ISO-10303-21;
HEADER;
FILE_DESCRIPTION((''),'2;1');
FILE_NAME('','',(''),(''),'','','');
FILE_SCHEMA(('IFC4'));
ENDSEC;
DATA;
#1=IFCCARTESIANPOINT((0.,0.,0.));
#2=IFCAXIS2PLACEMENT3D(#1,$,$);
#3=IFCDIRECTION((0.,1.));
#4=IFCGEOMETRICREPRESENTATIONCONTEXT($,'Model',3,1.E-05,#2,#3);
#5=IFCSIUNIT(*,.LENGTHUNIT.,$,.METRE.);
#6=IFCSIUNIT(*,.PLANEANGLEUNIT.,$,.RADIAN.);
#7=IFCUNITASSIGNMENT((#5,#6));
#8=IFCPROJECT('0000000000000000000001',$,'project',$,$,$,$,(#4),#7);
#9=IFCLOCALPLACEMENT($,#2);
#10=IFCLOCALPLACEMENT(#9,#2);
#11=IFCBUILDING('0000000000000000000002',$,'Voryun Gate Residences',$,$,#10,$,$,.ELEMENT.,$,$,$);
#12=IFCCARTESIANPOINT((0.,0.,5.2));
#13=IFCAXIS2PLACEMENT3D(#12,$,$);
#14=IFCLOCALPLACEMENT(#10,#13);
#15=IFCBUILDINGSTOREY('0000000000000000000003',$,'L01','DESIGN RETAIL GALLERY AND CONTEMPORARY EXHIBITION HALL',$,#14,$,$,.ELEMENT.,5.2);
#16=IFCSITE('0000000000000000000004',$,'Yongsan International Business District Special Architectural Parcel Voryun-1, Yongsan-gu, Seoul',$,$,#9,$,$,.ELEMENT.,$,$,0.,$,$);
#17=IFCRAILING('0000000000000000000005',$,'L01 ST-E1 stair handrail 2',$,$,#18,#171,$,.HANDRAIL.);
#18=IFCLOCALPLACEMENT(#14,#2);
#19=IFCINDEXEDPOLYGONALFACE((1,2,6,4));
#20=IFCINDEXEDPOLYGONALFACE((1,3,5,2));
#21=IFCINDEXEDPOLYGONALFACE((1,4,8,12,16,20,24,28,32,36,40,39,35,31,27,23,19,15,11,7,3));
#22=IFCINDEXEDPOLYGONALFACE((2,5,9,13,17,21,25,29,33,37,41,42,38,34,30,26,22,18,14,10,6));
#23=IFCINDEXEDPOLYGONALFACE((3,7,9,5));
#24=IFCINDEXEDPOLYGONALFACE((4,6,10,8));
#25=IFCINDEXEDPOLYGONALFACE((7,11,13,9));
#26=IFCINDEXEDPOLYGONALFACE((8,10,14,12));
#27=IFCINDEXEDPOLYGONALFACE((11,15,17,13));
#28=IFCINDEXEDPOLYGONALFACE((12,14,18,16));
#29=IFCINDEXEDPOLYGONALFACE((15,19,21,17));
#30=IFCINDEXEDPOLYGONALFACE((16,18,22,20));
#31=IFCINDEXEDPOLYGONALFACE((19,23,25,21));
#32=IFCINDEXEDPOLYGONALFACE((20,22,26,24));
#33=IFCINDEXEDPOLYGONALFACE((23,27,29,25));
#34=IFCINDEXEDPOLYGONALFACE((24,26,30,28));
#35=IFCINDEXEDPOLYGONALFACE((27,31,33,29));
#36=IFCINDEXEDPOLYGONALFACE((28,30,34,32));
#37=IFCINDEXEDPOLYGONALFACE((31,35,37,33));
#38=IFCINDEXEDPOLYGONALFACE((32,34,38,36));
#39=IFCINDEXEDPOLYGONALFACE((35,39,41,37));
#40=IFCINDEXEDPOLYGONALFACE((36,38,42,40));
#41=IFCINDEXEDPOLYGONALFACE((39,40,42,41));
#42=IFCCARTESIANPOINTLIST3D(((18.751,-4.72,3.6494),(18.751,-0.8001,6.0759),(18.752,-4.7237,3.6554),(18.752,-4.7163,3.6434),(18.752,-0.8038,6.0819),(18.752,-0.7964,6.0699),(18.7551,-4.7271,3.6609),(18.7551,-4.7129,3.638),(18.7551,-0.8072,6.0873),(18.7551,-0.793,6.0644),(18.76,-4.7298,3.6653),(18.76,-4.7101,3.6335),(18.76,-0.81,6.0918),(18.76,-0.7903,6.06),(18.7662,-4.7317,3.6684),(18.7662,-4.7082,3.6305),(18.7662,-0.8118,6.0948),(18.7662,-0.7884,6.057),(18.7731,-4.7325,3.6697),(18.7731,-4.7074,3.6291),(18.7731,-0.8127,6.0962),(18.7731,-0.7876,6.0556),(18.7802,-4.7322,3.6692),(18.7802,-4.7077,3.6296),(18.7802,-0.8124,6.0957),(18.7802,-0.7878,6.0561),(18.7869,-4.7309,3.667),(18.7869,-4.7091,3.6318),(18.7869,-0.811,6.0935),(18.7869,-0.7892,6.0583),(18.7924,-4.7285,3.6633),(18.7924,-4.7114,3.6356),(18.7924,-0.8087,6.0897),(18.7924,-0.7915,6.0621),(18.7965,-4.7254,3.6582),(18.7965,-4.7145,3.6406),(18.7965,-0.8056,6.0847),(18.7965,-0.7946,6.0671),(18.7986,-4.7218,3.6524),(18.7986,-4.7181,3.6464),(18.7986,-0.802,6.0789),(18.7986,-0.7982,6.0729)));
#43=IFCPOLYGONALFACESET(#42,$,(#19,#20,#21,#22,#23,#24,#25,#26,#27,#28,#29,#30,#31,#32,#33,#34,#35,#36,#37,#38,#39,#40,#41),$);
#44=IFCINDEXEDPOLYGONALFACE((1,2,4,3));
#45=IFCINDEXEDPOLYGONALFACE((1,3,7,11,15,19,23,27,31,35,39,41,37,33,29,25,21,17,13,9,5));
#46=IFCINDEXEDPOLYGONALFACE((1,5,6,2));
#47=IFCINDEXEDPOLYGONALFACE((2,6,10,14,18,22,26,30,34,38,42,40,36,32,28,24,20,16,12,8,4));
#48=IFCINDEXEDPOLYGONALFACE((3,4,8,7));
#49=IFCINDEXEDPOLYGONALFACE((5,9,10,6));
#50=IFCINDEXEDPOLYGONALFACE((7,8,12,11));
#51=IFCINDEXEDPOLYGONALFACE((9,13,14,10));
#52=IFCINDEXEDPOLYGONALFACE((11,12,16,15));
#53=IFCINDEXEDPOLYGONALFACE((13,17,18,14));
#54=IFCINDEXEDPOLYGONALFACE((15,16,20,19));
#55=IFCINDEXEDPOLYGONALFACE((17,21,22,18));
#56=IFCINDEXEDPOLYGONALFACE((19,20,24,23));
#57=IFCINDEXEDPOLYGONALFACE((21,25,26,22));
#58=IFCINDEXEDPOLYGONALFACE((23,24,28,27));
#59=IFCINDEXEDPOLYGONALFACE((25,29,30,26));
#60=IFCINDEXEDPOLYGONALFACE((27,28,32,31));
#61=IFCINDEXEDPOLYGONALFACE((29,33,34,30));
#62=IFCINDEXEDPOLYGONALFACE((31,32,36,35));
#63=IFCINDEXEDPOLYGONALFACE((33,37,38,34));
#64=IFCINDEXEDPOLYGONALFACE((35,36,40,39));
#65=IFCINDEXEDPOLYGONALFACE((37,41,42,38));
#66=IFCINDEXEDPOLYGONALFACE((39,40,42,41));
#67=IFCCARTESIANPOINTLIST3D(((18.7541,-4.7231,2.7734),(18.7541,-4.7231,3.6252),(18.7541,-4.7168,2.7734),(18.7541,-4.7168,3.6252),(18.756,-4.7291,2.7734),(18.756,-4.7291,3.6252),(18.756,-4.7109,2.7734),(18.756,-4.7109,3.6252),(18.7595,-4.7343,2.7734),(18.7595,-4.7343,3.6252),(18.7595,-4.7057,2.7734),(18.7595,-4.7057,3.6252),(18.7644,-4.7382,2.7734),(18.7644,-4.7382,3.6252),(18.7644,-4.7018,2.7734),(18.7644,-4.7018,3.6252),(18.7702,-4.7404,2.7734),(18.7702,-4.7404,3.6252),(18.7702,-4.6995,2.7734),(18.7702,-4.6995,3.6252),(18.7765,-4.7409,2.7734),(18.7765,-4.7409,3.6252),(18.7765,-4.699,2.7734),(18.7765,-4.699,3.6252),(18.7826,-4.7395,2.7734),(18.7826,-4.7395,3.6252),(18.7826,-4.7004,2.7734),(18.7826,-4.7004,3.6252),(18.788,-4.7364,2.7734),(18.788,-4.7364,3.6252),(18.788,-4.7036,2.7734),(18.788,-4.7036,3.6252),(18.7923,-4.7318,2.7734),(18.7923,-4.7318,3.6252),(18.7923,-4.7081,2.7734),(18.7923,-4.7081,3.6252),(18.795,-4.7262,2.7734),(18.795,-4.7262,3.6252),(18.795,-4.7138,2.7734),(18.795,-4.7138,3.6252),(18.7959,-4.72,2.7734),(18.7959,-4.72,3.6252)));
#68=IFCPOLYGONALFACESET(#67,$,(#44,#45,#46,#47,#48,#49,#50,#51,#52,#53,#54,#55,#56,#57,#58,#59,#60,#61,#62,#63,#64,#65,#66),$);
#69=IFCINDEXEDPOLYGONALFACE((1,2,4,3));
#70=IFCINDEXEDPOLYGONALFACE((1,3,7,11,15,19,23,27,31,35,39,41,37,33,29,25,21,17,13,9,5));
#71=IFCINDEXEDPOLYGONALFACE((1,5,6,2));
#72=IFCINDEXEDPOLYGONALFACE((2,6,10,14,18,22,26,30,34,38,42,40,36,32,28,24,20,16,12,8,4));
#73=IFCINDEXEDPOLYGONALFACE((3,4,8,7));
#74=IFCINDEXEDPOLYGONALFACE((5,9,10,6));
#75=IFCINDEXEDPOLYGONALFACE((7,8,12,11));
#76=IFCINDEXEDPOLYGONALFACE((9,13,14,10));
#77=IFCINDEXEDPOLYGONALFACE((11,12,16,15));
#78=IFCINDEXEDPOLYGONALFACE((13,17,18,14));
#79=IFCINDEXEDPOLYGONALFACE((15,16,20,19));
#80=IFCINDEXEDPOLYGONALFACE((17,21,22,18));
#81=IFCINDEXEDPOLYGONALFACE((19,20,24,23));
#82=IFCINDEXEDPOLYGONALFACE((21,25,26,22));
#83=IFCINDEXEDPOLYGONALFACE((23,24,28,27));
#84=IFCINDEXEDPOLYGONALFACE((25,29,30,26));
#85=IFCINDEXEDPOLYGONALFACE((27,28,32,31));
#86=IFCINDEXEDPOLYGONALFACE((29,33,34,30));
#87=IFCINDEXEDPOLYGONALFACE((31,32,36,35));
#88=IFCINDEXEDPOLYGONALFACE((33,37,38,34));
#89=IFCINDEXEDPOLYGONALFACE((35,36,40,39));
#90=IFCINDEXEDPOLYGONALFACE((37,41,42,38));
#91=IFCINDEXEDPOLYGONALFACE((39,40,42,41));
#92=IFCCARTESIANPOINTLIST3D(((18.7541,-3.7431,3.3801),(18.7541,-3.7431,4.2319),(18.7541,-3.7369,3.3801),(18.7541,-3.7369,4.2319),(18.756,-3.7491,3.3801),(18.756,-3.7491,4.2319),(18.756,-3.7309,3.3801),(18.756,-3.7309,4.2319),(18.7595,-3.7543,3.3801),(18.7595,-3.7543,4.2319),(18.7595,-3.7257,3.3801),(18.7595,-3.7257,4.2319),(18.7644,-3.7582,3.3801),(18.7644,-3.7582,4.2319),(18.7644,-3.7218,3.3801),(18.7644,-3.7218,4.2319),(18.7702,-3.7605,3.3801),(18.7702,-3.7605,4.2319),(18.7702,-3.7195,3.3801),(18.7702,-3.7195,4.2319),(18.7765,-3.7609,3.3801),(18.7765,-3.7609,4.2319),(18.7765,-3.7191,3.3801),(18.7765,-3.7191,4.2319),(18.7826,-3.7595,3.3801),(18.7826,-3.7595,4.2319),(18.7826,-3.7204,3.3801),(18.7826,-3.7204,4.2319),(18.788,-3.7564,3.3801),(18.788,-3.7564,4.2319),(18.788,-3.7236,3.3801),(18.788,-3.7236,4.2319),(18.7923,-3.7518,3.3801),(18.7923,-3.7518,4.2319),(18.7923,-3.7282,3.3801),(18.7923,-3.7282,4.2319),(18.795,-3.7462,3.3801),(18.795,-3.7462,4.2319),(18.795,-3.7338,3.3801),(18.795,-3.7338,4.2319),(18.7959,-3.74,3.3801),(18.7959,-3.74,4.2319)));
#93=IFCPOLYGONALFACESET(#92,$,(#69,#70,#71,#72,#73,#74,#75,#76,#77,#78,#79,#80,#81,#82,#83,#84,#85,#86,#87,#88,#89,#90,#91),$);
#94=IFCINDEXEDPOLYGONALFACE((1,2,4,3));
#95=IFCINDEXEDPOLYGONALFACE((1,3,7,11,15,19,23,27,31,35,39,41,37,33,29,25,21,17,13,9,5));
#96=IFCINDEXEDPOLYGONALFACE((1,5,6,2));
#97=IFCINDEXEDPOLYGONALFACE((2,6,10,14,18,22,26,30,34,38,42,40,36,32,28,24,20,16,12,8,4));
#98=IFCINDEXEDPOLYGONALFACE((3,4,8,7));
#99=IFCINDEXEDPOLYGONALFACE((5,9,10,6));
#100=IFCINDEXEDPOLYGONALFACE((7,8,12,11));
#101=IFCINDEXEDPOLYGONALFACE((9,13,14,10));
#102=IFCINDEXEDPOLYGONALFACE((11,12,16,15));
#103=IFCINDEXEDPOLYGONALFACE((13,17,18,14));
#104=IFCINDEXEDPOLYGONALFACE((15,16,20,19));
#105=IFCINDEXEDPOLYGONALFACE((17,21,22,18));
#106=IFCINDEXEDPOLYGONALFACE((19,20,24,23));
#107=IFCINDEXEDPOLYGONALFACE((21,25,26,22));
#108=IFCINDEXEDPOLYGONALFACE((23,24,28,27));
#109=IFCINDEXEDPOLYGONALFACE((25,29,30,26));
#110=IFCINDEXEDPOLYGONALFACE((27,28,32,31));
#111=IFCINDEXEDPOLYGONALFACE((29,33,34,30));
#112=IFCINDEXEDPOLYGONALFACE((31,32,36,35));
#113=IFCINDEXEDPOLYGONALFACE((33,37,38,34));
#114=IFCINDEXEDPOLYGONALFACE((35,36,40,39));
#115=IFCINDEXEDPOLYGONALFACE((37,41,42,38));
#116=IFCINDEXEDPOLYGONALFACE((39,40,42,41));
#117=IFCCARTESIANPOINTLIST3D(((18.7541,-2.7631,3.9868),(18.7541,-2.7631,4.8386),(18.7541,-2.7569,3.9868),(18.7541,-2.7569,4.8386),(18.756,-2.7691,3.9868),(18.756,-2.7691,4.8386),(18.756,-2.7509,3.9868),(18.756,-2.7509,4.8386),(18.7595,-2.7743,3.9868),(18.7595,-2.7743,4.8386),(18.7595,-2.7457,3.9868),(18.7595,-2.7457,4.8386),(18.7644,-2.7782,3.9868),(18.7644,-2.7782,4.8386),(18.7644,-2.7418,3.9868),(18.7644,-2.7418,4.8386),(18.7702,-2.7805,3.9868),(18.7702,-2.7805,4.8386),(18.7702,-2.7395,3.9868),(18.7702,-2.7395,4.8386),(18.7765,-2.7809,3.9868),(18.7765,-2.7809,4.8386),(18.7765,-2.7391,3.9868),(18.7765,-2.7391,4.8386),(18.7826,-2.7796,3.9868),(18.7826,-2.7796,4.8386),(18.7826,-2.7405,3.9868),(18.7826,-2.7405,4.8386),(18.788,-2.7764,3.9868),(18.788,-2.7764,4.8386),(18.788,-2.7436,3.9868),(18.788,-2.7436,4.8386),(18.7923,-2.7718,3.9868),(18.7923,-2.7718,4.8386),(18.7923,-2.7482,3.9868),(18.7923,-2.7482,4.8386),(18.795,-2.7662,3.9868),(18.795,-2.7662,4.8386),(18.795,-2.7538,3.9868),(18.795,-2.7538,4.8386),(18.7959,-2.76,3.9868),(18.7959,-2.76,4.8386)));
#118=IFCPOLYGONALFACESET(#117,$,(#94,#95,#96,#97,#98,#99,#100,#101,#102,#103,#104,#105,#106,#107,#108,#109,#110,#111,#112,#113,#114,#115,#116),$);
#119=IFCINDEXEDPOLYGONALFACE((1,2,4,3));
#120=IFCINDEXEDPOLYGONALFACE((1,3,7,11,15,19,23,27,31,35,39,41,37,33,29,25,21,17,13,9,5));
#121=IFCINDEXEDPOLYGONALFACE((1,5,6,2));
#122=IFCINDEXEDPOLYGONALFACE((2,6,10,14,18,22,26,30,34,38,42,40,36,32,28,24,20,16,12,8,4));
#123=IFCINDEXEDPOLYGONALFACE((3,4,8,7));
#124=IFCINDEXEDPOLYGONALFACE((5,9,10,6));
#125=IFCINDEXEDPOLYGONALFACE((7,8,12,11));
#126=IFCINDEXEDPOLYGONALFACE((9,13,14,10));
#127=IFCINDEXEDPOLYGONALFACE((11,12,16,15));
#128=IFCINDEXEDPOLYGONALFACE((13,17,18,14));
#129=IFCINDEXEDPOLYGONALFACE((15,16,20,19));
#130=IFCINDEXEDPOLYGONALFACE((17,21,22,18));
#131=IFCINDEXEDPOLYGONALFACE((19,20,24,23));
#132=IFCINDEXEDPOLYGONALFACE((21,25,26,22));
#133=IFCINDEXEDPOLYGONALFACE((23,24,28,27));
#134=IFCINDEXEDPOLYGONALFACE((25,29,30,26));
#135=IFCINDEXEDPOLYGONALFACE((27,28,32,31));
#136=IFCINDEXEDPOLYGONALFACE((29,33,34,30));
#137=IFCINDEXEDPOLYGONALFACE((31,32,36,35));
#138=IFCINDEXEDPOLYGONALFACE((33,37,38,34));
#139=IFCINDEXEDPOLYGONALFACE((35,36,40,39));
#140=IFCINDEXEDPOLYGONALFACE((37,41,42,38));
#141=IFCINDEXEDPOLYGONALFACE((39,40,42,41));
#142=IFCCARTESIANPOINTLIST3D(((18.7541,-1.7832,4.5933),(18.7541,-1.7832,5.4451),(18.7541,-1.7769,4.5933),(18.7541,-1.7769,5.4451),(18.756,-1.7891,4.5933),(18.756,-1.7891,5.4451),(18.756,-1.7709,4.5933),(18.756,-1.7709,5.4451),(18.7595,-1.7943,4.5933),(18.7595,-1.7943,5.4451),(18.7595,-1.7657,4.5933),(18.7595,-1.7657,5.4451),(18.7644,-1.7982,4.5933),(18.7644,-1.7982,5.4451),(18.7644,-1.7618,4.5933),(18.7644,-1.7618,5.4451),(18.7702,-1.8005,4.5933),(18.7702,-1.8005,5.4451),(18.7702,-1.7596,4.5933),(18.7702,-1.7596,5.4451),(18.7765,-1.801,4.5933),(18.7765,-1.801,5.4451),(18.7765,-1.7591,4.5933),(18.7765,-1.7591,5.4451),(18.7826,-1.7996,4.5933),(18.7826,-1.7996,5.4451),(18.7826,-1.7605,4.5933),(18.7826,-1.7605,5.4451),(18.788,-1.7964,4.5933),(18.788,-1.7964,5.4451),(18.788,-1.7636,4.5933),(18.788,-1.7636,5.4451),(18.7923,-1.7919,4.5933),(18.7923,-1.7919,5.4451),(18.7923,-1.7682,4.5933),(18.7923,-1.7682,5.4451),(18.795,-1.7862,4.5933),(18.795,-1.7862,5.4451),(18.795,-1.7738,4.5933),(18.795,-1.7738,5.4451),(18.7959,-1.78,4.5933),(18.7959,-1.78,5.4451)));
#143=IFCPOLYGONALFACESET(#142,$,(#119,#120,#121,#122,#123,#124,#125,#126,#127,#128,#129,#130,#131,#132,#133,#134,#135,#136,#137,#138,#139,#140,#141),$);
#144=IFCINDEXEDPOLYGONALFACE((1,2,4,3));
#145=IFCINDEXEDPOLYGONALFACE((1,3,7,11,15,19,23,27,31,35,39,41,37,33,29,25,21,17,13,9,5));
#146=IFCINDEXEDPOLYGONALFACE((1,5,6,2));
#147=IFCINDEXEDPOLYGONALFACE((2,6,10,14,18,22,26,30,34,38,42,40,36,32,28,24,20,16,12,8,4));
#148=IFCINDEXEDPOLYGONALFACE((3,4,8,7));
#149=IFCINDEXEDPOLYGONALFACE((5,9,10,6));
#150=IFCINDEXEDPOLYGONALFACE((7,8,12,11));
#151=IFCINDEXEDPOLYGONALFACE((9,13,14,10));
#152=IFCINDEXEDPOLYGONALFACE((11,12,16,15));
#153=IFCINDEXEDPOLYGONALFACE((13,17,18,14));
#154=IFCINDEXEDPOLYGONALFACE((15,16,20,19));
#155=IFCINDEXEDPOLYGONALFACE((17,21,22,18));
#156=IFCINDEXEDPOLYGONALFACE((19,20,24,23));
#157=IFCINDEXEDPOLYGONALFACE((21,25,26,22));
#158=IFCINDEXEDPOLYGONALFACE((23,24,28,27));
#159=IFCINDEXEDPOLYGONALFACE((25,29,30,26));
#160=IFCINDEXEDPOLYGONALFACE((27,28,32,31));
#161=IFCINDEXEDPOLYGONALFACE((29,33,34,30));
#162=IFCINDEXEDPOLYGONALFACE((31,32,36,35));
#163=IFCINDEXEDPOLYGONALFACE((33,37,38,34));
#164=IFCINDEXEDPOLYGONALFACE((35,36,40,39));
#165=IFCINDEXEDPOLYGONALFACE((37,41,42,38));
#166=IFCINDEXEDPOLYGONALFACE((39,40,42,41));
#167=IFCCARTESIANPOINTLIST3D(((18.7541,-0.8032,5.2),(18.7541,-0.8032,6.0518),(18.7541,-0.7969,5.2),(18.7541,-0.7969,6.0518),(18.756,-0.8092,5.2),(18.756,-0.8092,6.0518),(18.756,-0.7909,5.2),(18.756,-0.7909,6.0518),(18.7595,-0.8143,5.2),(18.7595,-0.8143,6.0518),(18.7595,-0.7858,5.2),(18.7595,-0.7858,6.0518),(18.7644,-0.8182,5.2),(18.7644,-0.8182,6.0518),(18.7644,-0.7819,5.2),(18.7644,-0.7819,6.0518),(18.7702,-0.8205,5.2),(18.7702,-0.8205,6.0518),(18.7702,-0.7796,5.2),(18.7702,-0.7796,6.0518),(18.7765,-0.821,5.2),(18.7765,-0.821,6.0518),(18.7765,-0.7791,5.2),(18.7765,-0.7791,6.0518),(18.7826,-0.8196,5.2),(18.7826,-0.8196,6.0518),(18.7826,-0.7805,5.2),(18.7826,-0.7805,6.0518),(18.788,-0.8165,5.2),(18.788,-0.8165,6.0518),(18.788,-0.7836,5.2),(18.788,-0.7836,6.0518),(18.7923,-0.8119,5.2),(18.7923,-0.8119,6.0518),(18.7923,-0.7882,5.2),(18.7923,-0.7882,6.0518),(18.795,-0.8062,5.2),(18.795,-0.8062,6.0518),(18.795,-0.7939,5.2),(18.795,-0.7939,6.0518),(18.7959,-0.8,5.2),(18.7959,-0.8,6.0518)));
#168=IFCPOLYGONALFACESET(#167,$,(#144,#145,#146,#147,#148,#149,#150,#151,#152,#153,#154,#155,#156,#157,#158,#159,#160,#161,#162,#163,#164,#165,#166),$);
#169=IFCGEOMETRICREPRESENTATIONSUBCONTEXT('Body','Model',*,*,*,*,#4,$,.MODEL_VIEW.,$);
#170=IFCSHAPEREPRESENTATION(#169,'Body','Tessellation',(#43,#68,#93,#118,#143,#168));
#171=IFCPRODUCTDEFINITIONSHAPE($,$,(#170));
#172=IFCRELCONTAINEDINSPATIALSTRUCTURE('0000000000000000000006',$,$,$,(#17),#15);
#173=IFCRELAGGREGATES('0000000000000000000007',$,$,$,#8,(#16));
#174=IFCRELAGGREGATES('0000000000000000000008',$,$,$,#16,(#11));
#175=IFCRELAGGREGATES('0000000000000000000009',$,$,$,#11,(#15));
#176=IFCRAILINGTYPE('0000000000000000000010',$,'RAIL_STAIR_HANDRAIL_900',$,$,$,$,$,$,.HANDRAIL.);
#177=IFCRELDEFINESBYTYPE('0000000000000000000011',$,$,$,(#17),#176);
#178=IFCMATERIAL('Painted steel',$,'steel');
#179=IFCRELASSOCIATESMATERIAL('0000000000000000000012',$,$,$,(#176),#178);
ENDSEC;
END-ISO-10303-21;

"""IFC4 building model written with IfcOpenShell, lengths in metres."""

from ifc_helpers import new_model, si_unit, direction, frame, origin, origin_2d, place, context, subcontext, project, spatial, circle, extrude, material, type_object, element, save


model = new_model("IFC4")

# Units and contexts
model_context = context("Model", 3, precision=1e-05, world=origin(), true_north=direction((0.0, 1.0)))
body_context = subcontext(model_context, "Body", "Model", "MODEL_VIEW")
ifc_project = project(units=[si_unit("LENGTHUNIT", "METRE"), si_unit("PLANEANGLEUNIT", "RADIAN")], contexts=[model_context])

# Site, building, storey
site_placement = place(None, origin())
site = spatial("IfcSite", under=ifc_project, at=site_placement, Name="Yongsan International Business District Special Architectural Parcel Voryun-1, Yongsan-gu, Seoul", CompositionType="ELEMENT", RefElevation=0.0)
building_placement = place(site_placement, origin())
building = spatial("IfcBuilding", under=site, at=building_placement, Name="Voryun Gate Residences", CompositionType="ELEMENT")
storey_placement = place(building_placement, frame((0.0, 0.0, 5.2)))
storey = spatial("IfcBuildingStorey", under=building, at=storey_placement, Name="L01", Description="DESIGN RETAIL GALLERY AND CONTEMPORARY EXHIBITION HALL", CompositionType="ELEMENT", Elevation=5.2)

# Railing
ifc_material_1 = material(Name="Painted steel", Category="steel")
railing_type_1 = type_object("IfcRailingType", Name="RAIL_STAIR_HANDRAIL_900", PredefinedType="HANDRAIL", material=ifc_material_1)
railing_1_placement = place(storey_placement, frame((18.7749, -4.72, 2.7734)))
element("IfcRailing", 1, at=railing_1_placement, inside=storey, type_object=railing_type_1, Name="L01 ST-E1 stair handrail 2", PredefinedType="HANDRAIL", context=body_context, shape_type="SweptSolid", body=[
    extrude(circle(Radius=0.0239, at=origin_2d()), frame((0.0, 0.0, 0.876), z_axis=(0.0, 0.850275, 0.526338), x_axis=(-1.0, 0.0, 0.0)), (0.0, 0.0, 1.0), 4.6101),
    extrude(circle(Radius=0.021, at=origin_2d()), origin(), (0.0, 0.0, 1.0), 0.8518),
    extrude(circle(Radius=0.021, at=origin_2d()), frame((0.0, 0.98, 0.6067)), (0.0, 0.0, 1.0), 0.8518),
    extrude(circle(Radius=0.021, at=origin_2d()), frame((0.0, 1.96, 1.2134)), (0.0, 0.0, 1.0), 0.8518),
    extrude(circle(Radius=0.021, at=origin_2d()), frame((0.0, 2.9399, 1.8198)), (0.0, 0.0, 1.0), 0.8518),
    extrude(circle(Radius=0.021, at=origin_2d()), frame((0.0, 3.9199, 2.4265)), (0.0, 0.0, 1.0), 0.8518),
])

save(model, "model.ifc")
